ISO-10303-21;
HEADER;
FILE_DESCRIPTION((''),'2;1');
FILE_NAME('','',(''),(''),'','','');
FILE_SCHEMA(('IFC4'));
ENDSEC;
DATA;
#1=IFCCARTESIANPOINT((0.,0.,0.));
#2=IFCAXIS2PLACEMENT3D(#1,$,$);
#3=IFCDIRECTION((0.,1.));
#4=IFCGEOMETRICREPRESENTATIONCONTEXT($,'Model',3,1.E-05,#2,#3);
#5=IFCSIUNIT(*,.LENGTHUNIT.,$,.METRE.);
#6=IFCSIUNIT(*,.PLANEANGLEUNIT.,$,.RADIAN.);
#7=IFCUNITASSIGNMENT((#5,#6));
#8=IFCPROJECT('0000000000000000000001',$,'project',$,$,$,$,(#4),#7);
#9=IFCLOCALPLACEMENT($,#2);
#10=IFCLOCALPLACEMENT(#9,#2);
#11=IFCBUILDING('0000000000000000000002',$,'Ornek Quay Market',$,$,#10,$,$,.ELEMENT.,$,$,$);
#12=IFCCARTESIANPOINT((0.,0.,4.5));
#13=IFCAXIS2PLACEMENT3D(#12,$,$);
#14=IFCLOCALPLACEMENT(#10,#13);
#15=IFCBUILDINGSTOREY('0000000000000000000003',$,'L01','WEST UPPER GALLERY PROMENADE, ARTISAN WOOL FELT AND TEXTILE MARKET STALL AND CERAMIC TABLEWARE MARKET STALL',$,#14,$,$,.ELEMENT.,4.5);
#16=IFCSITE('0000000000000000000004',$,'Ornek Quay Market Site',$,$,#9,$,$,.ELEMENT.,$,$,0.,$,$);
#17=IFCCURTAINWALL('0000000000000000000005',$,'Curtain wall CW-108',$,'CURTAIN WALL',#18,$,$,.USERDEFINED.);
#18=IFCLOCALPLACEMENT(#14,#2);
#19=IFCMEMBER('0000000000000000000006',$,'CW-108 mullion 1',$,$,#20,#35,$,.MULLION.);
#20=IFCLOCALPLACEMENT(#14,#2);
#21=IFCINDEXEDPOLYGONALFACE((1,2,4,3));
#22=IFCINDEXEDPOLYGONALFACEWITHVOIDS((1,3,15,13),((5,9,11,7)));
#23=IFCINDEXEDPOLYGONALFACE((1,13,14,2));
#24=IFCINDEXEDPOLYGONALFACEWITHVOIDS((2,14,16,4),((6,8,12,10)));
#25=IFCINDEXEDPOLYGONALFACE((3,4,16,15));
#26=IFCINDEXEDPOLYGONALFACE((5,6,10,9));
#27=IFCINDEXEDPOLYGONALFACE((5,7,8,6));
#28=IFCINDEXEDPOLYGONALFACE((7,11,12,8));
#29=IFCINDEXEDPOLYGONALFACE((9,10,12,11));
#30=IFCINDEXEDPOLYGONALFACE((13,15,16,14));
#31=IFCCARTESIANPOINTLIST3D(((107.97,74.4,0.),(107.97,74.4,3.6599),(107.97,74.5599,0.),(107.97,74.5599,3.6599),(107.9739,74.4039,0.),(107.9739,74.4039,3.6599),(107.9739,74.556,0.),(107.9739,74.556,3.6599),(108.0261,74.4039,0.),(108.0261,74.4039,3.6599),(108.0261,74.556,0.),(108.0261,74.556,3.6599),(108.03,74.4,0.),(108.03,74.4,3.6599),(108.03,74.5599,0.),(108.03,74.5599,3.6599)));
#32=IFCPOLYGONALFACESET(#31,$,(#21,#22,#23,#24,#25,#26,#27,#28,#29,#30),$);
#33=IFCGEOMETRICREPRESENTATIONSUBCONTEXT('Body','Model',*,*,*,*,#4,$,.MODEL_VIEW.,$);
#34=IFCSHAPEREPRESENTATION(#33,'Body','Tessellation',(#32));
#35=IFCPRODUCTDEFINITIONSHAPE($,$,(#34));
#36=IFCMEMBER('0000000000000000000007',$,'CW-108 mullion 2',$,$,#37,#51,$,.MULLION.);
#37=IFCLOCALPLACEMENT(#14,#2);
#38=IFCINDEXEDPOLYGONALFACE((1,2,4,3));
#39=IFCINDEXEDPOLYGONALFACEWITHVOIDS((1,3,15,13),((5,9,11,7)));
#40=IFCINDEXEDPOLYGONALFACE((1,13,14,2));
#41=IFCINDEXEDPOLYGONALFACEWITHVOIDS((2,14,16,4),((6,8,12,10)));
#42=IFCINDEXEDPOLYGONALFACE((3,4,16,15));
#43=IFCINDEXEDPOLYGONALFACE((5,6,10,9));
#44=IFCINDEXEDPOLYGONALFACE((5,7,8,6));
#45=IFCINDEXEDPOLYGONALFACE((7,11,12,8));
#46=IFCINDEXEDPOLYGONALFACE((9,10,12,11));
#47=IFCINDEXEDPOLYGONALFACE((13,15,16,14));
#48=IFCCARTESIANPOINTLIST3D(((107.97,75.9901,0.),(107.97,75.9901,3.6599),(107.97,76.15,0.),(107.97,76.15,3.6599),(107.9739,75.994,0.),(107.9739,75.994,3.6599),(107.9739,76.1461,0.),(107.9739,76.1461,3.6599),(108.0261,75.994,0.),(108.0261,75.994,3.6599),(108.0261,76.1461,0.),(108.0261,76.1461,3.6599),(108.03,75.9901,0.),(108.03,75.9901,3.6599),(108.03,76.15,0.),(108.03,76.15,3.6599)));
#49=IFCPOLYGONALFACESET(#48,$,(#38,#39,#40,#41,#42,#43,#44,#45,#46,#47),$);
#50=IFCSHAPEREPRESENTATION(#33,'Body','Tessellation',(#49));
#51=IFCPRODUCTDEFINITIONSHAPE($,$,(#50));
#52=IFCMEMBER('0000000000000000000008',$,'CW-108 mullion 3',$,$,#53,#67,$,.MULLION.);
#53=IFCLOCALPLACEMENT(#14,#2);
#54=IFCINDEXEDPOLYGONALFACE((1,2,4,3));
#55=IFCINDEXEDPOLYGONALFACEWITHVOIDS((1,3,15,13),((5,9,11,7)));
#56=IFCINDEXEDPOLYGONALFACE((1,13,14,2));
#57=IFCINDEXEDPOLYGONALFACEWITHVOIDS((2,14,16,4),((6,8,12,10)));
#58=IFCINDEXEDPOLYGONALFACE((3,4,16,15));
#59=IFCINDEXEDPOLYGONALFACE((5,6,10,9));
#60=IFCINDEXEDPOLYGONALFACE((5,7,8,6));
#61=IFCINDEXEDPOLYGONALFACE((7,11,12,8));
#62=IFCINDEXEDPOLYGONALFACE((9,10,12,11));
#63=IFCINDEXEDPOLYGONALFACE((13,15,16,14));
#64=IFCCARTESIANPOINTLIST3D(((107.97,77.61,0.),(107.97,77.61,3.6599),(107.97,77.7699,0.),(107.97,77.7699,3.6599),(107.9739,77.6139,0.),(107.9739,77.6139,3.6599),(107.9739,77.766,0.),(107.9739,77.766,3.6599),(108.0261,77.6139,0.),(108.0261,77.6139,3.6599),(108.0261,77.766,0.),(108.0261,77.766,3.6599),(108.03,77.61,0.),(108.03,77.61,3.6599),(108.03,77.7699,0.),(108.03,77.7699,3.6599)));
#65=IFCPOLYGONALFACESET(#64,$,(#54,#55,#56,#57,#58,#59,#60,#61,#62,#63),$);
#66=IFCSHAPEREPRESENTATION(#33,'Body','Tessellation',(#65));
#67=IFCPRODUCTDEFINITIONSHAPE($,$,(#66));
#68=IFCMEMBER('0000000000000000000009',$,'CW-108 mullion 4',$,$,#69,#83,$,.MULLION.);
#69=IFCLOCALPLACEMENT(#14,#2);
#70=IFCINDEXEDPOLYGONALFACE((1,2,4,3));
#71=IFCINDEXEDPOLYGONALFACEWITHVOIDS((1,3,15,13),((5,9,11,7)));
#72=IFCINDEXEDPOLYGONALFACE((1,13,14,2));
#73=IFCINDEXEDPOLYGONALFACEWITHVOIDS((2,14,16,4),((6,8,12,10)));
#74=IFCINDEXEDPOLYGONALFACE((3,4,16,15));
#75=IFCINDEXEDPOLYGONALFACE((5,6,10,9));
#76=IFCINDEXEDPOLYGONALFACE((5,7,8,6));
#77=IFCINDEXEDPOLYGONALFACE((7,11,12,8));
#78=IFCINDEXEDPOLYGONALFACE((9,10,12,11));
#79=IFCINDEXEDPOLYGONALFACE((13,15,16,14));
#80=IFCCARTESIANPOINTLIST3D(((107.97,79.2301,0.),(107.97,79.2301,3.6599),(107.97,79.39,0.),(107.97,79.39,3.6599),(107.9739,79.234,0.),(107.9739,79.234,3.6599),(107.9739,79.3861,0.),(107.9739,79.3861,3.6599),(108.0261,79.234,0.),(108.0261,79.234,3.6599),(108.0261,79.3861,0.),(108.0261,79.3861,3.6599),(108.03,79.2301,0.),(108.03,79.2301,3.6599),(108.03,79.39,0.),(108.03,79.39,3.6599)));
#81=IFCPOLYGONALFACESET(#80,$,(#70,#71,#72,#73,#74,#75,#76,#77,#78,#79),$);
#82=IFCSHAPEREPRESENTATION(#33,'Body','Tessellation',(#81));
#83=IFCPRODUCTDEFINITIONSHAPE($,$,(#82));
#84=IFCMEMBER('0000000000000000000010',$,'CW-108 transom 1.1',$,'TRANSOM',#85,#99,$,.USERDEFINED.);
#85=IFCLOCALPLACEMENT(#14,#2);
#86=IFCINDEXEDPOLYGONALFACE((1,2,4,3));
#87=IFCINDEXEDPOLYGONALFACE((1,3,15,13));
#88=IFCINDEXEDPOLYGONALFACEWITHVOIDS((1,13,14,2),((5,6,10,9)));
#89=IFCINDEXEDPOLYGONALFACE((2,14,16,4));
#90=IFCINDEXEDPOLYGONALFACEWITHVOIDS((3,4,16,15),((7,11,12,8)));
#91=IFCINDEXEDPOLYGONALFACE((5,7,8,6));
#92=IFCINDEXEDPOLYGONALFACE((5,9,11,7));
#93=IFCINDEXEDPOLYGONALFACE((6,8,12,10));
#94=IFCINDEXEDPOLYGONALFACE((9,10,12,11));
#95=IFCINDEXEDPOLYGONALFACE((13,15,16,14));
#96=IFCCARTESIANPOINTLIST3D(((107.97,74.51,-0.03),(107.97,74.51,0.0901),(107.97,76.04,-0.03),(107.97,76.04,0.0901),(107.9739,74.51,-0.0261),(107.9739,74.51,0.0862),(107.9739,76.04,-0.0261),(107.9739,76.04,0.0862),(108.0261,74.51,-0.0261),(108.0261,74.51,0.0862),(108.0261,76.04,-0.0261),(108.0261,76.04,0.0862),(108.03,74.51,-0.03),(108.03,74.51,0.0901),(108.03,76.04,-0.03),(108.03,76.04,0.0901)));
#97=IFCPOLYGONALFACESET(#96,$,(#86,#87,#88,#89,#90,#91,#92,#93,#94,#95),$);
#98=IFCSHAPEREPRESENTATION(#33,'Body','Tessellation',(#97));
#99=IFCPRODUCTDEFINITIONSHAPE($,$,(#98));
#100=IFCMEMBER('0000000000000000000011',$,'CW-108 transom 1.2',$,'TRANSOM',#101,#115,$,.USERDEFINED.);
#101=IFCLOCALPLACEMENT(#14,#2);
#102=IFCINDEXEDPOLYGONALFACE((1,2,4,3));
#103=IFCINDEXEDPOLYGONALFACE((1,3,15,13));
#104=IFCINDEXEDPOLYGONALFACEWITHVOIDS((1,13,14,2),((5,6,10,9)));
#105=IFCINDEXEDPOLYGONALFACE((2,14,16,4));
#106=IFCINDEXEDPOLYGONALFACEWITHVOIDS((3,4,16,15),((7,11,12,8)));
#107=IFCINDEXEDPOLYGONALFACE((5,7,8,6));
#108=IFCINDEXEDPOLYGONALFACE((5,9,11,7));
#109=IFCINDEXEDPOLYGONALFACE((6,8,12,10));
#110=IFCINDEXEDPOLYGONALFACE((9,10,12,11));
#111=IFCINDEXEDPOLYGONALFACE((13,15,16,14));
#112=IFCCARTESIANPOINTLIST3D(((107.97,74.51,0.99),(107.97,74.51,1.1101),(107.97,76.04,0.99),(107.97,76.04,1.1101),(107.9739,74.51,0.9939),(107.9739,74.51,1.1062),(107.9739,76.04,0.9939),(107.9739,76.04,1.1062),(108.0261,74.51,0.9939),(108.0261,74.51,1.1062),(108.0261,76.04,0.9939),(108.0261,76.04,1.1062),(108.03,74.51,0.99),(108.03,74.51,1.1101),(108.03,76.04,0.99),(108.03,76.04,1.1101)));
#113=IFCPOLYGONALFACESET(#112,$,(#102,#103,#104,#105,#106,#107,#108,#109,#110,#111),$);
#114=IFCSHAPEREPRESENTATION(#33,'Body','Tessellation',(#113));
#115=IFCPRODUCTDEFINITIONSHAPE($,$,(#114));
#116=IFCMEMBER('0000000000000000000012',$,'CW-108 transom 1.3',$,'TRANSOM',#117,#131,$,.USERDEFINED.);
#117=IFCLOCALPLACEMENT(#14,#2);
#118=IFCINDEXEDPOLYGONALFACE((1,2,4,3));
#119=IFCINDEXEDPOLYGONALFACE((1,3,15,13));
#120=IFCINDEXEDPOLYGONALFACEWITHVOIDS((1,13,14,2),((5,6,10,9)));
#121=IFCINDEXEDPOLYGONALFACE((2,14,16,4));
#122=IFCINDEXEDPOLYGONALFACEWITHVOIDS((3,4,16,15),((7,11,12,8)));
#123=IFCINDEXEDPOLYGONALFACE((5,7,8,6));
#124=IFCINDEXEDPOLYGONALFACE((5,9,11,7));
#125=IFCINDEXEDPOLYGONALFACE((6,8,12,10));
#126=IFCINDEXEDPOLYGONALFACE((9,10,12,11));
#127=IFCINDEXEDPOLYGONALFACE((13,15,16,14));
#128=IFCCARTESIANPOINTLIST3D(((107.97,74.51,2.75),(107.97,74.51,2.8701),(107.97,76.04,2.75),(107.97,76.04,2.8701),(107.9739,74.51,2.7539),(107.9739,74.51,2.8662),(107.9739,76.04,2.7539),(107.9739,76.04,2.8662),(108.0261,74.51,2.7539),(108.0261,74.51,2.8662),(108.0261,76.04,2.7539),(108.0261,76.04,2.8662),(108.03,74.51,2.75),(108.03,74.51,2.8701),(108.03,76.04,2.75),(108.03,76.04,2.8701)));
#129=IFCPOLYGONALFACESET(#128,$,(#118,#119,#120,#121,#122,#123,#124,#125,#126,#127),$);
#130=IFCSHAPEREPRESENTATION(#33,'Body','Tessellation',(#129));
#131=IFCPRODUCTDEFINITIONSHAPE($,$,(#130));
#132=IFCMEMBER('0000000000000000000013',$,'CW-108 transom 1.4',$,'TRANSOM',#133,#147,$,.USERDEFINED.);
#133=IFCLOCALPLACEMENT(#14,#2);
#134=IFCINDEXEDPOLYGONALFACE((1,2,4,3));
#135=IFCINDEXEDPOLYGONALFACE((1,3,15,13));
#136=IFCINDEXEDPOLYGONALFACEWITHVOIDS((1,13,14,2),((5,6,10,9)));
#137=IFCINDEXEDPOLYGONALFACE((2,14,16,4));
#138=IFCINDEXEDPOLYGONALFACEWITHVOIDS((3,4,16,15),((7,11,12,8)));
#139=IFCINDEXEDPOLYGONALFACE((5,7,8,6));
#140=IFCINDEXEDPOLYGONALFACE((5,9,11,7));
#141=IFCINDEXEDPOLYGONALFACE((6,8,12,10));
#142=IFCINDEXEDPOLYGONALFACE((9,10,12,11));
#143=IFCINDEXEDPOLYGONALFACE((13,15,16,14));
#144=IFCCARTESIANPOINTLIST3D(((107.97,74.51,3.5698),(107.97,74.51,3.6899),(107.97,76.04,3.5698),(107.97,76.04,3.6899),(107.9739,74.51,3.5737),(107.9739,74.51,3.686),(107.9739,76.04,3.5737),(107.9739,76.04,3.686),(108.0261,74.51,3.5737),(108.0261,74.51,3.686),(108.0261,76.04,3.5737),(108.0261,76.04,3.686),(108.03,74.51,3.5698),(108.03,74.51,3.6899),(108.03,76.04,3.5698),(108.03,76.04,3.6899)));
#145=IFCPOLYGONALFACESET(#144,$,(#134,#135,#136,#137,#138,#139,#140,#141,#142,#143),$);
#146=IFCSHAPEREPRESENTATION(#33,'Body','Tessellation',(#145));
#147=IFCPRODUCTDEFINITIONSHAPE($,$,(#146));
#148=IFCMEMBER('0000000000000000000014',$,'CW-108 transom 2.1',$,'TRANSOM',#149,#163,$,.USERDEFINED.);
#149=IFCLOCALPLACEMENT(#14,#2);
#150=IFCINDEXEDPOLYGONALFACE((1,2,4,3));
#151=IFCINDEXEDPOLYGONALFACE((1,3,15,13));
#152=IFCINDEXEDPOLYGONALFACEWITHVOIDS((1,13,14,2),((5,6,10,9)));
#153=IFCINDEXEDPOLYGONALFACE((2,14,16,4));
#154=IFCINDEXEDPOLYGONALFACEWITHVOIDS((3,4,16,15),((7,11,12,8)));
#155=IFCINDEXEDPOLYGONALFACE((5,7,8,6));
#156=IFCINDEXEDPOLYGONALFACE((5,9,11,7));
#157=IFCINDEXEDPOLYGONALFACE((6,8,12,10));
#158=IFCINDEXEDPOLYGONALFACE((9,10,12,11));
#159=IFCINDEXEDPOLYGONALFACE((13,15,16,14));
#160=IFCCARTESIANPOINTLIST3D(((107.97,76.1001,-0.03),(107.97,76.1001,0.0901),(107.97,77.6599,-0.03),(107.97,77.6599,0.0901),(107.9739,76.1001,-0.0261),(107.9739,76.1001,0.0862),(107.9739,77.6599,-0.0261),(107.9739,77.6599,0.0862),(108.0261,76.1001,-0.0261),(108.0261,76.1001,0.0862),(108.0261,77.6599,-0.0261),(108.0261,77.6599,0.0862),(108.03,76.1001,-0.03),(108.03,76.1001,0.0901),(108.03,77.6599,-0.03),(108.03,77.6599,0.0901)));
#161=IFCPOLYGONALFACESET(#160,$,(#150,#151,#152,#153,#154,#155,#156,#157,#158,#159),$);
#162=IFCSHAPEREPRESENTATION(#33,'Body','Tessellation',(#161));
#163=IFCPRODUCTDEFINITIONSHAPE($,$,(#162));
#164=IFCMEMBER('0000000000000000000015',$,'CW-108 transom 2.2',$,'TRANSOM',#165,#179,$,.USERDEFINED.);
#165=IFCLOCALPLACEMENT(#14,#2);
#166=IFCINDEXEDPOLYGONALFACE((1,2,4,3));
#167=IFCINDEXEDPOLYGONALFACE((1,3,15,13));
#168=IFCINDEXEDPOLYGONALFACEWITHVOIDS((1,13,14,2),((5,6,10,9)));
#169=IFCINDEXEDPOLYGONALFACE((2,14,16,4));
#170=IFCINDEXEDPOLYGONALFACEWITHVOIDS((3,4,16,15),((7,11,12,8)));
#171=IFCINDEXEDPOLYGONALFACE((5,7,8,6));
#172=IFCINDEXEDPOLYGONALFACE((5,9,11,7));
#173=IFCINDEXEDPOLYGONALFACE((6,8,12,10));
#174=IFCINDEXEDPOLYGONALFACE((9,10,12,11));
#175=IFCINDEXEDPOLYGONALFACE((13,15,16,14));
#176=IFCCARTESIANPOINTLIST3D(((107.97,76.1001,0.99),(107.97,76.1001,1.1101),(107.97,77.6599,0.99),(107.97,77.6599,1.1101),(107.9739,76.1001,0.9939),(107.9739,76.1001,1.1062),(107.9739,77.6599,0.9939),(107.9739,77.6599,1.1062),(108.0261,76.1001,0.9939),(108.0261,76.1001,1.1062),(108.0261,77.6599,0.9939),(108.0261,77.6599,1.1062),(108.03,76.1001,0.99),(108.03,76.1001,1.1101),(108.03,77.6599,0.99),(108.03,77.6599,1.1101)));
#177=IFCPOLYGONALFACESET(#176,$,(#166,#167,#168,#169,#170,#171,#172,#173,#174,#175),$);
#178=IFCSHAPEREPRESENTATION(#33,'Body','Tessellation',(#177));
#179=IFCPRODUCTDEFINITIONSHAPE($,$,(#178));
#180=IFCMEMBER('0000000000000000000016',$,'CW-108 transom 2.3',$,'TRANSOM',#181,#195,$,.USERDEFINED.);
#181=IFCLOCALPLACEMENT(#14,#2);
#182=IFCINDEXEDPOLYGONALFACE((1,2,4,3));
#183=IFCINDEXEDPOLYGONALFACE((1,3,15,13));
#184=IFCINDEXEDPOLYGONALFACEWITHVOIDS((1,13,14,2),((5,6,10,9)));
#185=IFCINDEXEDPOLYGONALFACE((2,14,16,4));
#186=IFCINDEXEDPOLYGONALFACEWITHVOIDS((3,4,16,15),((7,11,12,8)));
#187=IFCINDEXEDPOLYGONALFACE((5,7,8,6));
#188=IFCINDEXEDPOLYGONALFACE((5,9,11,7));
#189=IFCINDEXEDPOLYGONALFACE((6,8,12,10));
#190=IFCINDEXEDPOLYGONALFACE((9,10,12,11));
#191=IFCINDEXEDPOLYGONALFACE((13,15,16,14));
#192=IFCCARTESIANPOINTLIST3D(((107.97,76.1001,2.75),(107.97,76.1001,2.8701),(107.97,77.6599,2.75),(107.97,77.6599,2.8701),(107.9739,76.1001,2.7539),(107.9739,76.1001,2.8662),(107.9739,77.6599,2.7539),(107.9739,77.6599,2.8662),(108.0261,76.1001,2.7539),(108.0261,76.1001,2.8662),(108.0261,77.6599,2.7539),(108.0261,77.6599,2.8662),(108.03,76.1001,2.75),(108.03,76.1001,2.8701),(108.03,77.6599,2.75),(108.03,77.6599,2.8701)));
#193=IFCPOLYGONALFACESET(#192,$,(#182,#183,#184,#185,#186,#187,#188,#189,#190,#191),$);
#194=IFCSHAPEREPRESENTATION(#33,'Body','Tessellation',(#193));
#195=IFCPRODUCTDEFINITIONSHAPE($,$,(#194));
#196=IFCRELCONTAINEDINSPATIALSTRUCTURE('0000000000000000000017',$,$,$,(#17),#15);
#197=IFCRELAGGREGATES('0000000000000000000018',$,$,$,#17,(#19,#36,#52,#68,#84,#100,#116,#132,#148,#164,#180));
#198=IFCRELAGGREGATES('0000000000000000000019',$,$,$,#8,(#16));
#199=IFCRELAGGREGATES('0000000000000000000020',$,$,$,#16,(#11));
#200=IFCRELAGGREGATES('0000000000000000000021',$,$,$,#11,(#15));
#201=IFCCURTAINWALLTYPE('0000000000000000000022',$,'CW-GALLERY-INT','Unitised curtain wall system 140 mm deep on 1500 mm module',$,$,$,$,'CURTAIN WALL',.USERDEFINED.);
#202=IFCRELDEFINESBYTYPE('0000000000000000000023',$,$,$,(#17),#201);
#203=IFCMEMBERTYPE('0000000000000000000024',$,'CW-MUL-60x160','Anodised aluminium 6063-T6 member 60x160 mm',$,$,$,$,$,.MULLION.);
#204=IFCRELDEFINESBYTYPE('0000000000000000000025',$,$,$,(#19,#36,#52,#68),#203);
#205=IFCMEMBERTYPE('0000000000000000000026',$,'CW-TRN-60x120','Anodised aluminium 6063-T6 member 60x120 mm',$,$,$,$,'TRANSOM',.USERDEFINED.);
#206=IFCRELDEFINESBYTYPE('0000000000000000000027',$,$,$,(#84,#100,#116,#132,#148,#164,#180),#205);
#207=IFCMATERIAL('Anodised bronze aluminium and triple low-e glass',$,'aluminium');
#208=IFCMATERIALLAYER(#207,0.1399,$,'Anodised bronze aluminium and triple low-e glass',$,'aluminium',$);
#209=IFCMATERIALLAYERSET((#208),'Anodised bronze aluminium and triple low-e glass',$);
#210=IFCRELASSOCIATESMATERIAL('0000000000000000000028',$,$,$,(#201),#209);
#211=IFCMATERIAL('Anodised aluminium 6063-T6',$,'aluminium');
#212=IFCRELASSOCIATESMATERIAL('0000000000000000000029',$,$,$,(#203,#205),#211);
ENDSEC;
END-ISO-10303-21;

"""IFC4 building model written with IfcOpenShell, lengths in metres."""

from ifc_helpers import new_model, si_unit, direction, frame, origin, origin_2d, place, context, subcontext, project, spatial, hollow_rectangle, extrude, material, layer, layer_set, material_profile, profile_set, type_object, element, aggregate, save


model = new_model("IFC4")

# Units and contexts
model_context = context("Model", 3, precision=1e-05, world=origin(), true_north=direction((0.0, 1.0)))
body_context = subcontext(model_context, "Body", "Model", "MODEL_VIEW")
ifc_project = project(units=[si_unit("LENGTHUNIT", "METRE"), si_unit("PLANEANGLEUNIT", "RADIAN")], contexts=[model_context])

# Site, building, storey
site_placement = place(None, origin())
site = spatial("IfcSite", under=ifc_project, at=site_placement, Name="Ornek Quay Market Site", CompositionType="ELEMENT", RefElevation=0.0)
building_placement = place(site_placement, origin())
building = spatial("IfcBuilding", under=site, at=building_placement, Name="Ornek Quay Market", CompositionType="ELEMENT")
storey_placement = place(building_placement, frame((0.0, 0.0, 4.5)))
storey = spatial("IfcBuildingStorey", under=building, at=storey_placement, Name="L01", Description="WEST UPPER GALLERY PROMENADE, ARTISAN WOOL FELT AND TEXTILE MARKET STALL AND CERAMIC TABLEWARE MARKET STALL", CompositionType="ELEMENT", Elevation=4.5)

# Curtain wall, members
ifc_material_1 = material(Name="Anodised bronze aluminium and triple low-e glass", Category="aluminium")
ifc_layer_1 = layer(ifc_material_1, 0.1399, Name="Anodised bronze aluminium and triple low-e glass", Category="aluminium")
ifc_layer_set_1 = layer_set([ifc_layer_1], Name="Anodised bronze aluminium and triple low-e glass")
curtain_wall_type = type_object("IfcCurtainWallType", Name="CW-GALLERY-INT", Description="Unitised curtain wall system 140 mm deep on 1500 mm module", ElementType="CURTAIN WALL", PredefinedType="USERDEFINED", material=ifc_layer_set_1)
curtain_wall_placement = place(storey_placement, origin())
curtain_wall = element("IfcCurtainWall", 1, at=curtain_wall_placement, inside=storey, type_object=curtain_wall_type, Name="Curtain wall CW-108", ObjectType="CURTAIN WALL", PredefinedType="USERDEFINED")
ifc_material_2 = material(Name="Anodised aluminium 6063-T6", Category="aluminium")
ifc_material_profile_1 = material_profile(ifc_material_2, hollow_rectangle(XDim=0.0601, YDim=0.1599, WallThickness=0.0039, at=origin_2d()), Name="CW-MUL-60x160", Category="aluminium")
ifc_profile_set_1 = profile_set([ifc_material_profile_1], Name="Anodised aluminium 6063-T6")
member_type_1 = type_object("IfcMemberType", Name="CW-MUL-60x160", Description="Anodised aluminium 6063-T6 member 60x160 mm", PredefinedType="MULLION", material=ifc_profile_set_1)
member_1_placement = place(storey_placement, frame((108.0, 74.48, 0.0), z_axis=(0.0, 0.0, 1.0), x_axis=(-1.0, 0.0, 0.0)))
member_1 = element("IfcMember", 2, at=member_1_placement, type_object=member_type_1, Name="CW-108 mullion 1", PredefinedType="MULLION", context=body_context, shape_type="SweptSolid", body=[
    extrude(hollow_rectangle(XDim=0.0601, YDim=0.1599, WallThickness=0.0039, at=origin_2d()), origin(), (0.0, 0.0, 1.0), 3.6599),
])
member_2_placement = place(storey_placement, frame((108.0, 76.0701, 0.0), z_axis=(0.0, 0.0, 1.0), x_axis=(-1.0, 0.0, 0.0)))
member_2 = element("IfcMember", 3, at=member_2_placement, type_object=member_type_1, Name="CW-108 mullion 2", PredefinedType="MULLION", context=body_context, shape_type="SweptSolid", body=[
    extrude(hollow_rectangle(XDim=0.0601, YDim=0.1599, WallThickness=0.0039, at=origin_2d()), origin(), (0.0, 0.0, 1.0), 3.6599),
])
member_3_placement = place(storey_placement, frame((108.0, 77.6899, 0.0), z_axis=(0.0, 0.0, 1.0), x_axis=(-1.0, 0.0, 0.0)))
member_3 = element("IfcMember", 4, at=member_3_placement, type_object=member_type_1, Name="CW-108 mullion 3", PredefinedType="MULLION", context=body_context, shape_type="SweptSolid", body=[
    extrude(hollow_rectangle(XDim=0.0601, YDim=0.1599, WallThickness=0.0039, at=origin_2d()), origin(), (0.0, 0.0, 1.0), 3.6599),
])
member_4_placement = place(storey_placement, frame((108.0, 79.3101, 0.0), z_axis=(0.0, 0.0, 1.0), x_axis=(-1.0, 0.0, 0.0)))
member_4 = element("IfcMember", 5, at=member_4_placement, type_object=member_type_1, Name="CW-108 mullion 4", PredefinedType="MULLION", context=body_context, shape_type="SweptSolid", body=[
    extrude(hollow_rectangle(XDim=0.0601, YDim=0.1599, WallThickness=0.0039, at=origin_2d()), origin(), (0.0, 0.0, 1.0), 3.6599),
])
ifc_material_profile_2 = material_profile(ifc_material_2, hollow_rectangle(XDim=0.0601, YDim=0.1201, WallThickness=0.0039, at=origin_2d()), Name="CW-TRN-60x120", Category="aluminium")
ifc_profile_set_2 = profile_set([ifc_material_profile_2], Name="Anodised aluminium 6063-T6")
member_type_2 = type_object("IfcMemberType", Name="CW-TRN-60x120", Description="Anodised aluminium 6063-T6 member 60x120 mm", ElementType="TRANSOM", PredefinedType="USERDEFINED", material=ifc_profile_set_2)
member_5_placement = place(storey_placement, frame((108.0, 74.51, 0.03), z_axis=(0.0, 1.0, 0.0), x_axis=(-1.0, 0.0, 0.0)))
member_5 = element("IfcMember", 6, at=member_5_placement, type_object=member_type_2, Name="CW-108 transom 1.1", ObjectType="TRANSOM", PredefinedType="USERDEFINED", context=body_context, shape_type="SweptSolid", body=[
    extrude(hollow_rectangle(XDim=0.0601, YDim=0.1201, WallThickness=0.0039, at=origin_2d()), origin(), (0.0, 0.0, 1.0), 1.53),
])
member_6_placement = place(storey_placement, frame((108.0, 74.51, 1.05), z_axis=(0.0, 1.0, 0.0), x_axis=(-1.0, 0.0, 0.0)))
member_6 = element("IfcMember", 7, at=member_6_placement, type_object=member_type_2, Name="CW-108 transom 1.2", ObjectType="TRANSOM", PredefinedType="USERDEFINED", context=body_context, shape_type="SweptSolid", body=[
    extrude(hollow_rectangle(XDim=0.0601, YDim=0.1201, WallThickness=0.0039, at=origin_2d()), origin(), (0.0, 0.0, 1.0), 1.53),
])
member_7_placement = place(storey_placement, frame((108.0, 74.51, 2.8101), z_axis=(0.0, 1.0, 0.0), x_axis=(-1.0, 0.0, 0.0)))
member_7 = element("IfcMember", 8, at=member_7_placement, type_object=member_type_2, Name="CW-108 transom 1.3", ObjectType="TRANSOM", PredefinedType="USERDEFINED", context=body_context, shape_type="SweptSolid", body=[
    extrude(hollow_rectangle(XDim=0.0601, YDim=0.1201, WallThickness=0.0039, at=origin_2d()), origin(), (0.0, 0.0, 1.0), 1.53),
])
member_8_placement = place(storey_placement, frame((108.0, 74.51, 3.6299), z_axis=(0.0, 1.0, 0.0), x_axis=(-1.0, 0.0, 0.0)))
member_8 = element("IfcMember", 9, at=member_8_placement, type_object=member_type_2, Name="CW-108 transom 1.4", ObjectType="TRANSOM", PredefinedType="USERDEFINED", context=body_context, shape_type="SweptSolid", body=[
    extrude(hollow_rectangle(XDim=0.0601, YDim=0.1201, WallThickness=0.0039, at=origin_2d()), origin(), (0.0, 0.0, 1.0), 1.53),
])
member_9_placement = place(storey_placement, frame((108.0, 76.1001, 0.03), z_axis=(0.0, 1.0, 0.0), x_axis=(-1.0, 0.0, 0.0)))
member_9 = element("IfcMember", 10, at=member_9_placement, type_object=member_type_2, Name="CW-108 transom 2.1", ObjectType="TRANSOM", PredefinedType="USERDEFINED", context=body_context, shape_type="SweptSolid", body=[
    extrude(hollow_rectangle(XDim=0.0601, YDim=0.1201, WallThickness=0.0039, at=origin_2d()), origin(), (0.0, 0.0, 1.0), 1.5598),
])
member_10_placement = place(storey_placement, frame((108.0, 76.1001, 1.05), z_axis=(0.0, 1.0, 0.0), x_axis=(-1.0, 0.0, 0.0)))
member_10 = element("IfcMember", 11, at=member_10_placement, type_object=member_type_2, Name="CW-108 transom 2.2", ObjectType="TRANSOM", PredefinedType="USERDEFINED", context=body_context, shape_type="SweptSolid", body=[
    extrude(hollow_rectangle(XDim=0.0601, YDim=0.1201, WallThickness=0.0039, at=origin_2d()), origin(), (0.0, 0.0, 1.0), 1.5598),
])
member_11_placement = place(storey_placement, frame((108.0, 76.1001, 2.8101), z_axis=(0.0, 1.0, 0.0), x_axis=(-1.0, 0.0, 0.0)))
member_11 = element("IfcMember", 12, at=member_11_placement, type_object=member_type_2, Name="CW-108 transom 2.3", ObjectType="TRANSOM", PredefinedType="USERDEFINED", context=body_context, shape_type="SweptSolid", body=[
    extrude(hollow_rectangle(XDim=0.0601, YDim=0.1201, WallThickness=0.0039, at=origin_2d()), origin(), (0.0, 0.0, 1.0), 1.5598),
])
aggregate(curtain_wall, [member_1, member_2, member_3, member_4, member_5, member_6, member_7, member_8, member_9, member_10, member_11])

save(model, "model.ifc")
